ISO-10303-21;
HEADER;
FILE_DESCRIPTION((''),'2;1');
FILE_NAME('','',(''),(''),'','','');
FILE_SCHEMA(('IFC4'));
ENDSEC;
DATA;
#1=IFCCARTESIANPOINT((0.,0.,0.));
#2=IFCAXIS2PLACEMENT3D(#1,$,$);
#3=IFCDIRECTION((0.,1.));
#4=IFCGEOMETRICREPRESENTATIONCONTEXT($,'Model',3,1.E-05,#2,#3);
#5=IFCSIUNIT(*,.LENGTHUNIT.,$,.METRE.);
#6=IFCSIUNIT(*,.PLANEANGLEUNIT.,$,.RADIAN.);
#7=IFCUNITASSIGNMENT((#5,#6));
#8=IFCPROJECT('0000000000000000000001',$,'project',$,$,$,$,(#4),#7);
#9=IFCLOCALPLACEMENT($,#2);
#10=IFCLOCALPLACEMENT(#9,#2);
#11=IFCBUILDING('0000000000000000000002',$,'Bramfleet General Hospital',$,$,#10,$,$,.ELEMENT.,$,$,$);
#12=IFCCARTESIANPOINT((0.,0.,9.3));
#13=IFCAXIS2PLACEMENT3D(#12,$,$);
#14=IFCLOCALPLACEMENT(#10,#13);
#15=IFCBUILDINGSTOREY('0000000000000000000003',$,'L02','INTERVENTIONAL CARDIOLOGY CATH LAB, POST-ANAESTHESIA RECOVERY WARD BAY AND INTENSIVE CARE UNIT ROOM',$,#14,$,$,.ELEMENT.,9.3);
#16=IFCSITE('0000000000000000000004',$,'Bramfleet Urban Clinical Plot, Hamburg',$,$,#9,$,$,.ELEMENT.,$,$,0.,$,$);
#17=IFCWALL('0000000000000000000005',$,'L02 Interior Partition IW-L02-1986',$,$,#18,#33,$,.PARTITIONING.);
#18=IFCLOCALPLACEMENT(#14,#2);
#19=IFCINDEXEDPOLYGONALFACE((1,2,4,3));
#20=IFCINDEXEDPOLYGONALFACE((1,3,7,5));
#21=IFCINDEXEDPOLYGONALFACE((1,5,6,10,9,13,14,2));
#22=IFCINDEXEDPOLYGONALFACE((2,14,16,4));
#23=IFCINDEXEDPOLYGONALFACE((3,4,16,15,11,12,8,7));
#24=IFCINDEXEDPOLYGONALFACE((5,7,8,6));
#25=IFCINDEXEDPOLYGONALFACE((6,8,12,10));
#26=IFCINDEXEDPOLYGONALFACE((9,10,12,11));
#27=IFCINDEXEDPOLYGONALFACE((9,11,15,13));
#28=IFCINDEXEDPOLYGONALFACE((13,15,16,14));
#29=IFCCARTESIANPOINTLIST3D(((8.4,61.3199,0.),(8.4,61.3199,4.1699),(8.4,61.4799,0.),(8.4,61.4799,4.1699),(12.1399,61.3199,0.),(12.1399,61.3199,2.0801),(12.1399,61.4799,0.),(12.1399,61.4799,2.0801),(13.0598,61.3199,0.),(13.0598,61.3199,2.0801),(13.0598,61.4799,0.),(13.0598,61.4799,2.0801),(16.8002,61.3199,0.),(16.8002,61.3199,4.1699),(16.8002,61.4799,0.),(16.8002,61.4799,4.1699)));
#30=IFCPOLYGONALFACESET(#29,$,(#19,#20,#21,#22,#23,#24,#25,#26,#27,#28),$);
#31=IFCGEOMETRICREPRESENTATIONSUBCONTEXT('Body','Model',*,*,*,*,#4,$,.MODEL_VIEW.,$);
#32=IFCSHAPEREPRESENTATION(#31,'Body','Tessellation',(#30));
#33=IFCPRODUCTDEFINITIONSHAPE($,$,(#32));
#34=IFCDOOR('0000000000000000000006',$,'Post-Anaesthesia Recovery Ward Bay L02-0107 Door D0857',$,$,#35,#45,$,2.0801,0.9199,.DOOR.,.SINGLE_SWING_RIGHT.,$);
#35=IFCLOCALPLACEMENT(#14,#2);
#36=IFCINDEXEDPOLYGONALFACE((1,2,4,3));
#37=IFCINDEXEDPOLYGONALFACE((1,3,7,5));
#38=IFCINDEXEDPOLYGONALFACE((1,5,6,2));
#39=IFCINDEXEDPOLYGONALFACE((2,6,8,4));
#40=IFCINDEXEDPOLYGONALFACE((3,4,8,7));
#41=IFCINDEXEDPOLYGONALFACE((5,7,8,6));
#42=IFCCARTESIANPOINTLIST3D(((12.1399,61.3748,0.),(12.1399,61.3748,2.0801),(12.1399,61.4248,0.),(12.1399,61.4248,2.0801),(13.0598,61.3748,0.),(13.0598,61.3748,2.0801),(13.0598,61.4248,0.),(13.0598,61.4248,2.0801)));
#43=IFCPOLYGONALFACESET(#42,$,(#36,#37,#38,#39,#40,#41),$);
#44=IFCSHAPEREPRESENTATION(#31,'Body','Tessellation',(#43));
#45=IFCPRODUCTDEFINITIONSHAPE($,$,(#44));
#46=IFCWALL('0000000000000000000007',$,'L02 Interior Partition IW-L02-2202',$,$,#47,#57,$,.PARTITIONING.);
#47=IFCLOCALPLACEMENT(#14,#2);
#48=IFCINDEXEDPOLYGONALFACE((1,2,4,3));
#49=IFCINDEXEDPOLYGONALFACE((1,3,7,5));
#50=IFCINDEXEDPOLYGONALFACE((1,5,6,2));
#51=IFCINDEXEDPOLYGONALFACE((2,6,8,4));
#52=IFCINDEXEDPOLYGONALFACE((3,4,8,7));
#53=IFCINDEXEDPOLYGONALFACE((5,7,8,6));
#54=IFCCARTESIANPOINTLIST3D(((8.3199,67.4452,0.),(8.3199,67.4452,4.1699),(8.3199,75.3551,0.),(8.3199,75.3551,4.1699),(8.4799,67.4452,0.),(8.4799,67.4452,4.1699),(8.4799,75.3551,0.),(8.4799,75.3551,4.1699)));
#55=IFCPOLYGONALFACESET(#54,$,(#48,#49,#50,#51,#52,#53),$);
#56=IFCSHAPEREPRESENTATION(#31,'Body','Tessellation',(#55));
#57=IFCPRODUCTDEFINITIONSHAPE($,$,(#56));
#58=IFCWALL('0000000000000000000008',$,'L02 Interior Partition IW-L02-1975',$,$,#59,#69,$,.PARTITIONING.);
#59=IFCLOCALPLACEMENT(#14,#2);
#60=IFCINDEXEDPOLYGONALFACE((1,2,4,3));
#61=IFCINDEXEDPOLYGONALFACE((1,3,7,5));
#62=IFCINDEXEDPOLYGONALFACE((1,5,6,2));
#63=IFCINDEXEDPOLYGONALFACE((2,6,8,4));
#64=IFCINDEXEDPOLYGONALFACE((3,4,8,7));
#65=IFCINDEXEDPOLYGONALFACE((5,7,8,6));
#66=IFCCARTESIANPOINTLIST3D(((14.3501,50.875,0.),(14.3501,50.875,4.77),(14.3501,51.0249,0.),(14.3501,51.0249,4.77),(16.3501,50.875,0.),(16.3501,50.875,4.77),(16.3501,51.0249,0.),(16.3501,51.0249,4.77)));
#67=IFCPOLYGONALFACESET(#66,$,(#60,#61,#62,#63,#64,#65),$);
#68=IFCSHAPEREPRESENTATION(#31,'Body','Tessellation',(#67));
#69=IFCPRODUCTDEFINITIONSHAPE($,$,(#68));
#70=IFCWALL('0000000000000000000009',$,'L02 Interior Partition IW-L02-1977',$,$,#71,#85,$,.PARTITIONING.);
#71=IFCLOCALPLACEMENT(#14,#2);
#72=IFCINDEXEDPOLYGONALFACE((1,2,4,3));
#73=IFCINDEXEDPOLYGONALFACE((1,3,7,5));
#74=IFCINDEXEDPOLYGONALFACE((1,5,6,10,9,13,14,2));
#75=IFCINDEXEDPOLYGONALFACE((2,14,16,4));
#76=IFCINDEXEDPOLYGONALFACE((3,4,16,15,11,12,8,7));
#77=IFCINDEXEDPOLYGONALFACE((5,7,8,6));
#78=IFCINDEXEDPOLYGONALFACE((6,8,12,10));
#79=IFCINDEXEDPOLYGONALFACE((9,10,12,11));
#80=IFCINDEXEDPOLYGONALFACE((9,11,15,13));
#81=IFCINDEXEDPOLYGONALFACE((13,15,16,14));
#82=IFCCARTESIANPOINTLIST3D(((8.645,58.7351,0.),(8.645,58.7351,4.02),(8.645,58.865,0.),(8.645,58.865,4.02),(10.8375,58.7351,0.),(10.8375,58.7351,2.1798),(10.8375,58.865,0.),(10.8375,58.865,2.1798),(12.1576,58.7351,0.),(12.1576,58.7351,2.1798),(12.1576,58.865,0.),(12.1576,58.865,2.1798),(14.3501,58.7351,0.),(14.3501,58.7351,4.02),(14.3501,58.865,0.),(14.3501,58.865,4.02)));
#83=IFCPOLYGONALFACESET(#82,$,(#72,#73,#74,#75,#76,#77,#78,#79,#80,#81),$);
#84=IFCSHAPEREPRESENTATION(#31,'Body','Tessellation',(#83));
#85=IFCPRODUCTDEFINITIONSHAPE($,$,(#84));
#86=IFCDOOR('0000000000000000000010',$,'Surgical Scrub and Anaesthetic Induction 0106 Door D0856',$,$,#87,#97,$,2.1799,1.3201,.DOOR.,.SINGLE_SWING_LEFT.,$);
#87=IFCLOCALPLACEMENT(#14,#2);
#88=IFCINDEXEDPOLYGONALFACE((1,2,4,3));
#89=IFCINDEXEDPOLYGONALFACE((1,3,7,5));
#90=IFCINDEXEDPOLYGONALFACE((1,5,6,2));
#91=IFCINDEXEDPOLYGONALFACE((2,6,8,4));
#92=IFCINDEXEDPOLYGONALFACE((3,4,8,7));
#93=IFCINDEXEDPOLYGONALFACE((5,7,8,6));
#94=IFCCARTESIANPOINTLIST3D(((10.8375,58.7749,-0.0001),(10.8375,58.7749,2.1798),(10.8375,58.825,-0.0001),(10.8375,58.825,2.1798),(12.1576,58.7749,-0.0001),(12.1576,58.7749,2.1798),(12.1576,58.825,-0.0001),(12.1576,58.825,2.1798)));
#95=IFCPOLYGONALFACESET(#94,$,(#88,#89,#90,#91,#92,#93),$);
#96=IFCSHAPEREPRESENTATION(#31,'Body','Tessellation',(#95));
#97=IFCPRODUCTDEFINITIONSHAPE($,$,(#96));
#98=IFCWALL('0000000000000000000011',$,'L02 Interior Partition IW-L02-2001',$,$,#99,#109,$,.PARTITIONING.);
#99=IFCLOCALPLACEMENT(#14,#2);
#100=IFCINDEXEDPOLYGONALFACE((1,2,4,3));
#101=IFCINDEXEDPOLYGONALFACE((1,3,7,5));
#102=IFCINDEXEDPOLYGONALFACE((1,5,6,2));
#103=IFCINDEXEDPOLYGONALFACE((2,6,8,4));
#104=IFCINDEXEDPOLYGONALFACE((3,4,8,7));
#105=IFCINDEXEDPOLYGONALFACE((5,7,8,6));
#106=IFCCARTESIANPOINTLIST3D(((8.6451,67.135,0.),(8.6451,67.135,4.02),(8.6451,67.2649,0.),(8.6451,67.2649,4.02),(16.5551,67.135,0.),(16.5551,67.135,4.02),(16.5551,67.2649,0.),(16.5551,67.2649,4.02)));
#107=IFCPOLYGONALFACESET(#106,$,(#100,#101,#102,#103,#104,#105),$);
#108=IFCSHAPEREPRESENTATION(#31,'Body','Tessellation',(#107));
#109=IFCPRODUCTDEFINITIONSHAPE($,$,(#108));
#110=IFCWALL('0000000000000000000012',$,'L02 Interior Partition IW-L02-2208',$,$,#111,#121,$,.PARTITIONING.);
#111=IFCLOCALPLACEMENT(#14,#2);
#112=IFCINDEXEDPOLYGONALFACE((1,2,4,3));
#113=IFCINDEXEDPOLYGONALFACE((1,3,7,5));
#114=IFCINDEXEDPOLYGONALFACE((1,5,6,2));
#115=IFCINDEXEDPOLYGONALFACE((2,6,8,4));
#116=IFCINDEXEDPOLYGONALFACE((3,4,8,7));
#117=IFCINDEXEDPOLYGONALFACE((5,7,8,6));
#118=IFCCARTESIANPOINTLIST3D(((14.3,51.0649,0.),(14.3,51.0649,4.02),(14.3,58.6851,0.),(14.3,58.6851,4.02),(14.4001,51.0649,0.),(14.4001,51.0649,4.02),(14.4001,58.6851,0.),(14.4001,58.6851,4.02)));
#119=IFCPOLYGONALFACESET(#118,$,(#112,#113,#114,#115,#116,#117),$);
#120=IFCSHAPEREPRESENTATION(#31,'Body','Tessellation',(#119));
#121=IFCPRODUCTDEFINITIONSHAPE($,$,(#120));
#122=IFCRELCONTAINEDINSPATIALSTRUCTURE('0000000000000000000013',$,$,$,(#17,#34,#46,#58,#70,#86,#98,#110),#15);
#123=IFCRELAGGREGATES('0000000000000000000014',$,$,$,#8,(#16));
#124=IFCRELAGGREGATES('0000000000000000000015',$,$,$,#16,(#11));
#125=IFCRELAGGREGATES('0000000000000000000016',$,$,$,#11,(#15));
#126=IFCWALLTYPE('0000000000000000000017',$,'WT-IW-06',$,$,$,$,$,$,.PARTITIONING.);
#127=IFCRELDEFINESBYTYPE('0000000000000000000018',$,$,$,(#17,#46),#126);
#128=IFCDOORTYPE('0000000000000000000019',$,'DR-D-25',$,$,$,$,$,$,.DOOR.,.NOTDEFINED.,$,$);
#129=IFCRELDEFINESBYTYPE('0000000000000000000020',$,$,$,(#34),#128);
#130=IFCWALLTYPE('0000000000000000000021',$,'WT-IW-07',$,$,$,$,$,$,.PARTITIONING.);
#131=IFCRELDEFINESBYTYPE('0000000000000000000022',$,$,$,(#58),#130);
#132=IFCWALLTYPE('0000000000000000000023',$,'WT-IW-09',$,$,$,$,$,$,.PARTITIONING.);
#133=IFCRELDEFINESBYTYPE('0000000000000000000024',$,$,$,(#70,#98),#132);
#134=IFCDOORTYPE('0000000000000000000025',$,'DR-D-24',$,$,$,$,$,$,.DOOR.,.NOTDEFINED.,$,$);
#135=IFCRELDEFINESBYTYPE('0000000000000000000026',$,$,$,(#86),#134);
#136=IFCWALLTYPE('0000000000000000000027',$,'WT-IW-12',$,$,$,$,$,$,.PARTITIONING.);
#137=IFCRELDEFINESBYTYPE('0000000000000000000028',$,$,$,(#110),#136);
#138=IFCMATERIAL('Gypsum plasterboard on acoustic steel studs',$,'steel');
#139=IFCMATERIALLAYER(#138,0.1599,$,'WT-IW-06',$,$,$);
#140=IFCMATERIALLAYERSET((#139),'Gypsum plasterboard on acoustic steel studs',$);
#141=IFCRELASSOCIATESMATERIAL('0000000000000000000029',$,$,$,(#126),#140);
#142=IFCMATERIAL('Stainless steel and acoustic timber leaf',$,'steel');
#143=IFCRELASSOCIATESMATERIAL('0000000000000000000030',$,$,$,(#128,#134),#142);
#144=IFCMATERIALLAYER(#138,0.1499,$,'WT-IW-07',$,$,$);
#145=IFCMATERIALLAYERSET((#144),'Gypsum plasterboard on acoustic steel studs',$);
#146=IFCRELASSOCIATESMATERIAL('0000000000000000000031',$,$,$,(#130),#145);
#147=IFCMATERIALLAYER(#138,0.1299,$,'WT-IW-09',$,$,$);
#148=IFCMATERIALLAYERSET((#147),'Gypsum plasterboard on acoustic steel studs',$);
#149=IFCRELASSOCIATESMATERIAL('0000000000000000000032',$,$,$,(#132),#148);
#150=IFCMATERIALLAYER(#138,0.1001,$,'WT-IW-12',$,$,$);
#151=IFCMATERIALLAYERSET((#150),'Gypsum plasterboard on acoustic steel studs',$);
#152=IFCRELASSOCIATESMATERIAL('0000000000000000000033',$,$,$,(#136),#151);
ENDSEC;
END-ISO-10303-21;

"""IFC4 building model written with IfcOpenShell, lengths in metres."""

from ifc_helpers import new_model, si_unit, direction, frame, frame_2d, origin, place, context, subcontext, project, spatial, rectangle, extrude, material, layer, layer_set, type_object, element, fill, save


model = new_model("IFC4")

# Units and contexts
model_context = context("Model", 3, precision=1e-05, world=origin(), true_north=direction((0.0, 1.0)))
body_context = subcontext(model_context, "Body", "Model", "MODEL_VIEW")
ifc_project = project(units=[si_unit("LENGTHUNIT", "METRE"), si_unit("PLANEANGLEUNIT", "RADIAN")], contexts=[model_context])

# Site, building, storey
site_placement = place(None, origin())
site = spatial("IfcSite", under=ifc_project, at=site_placement, Name="Bramfleet Urban Clinical Plot, Hamburg", CompositionType="ELEMENT", RefElevation=0.0)
building_placement = place(site_placement, origin())
building = spatial("IfcBuilding", under=site, at=building_placement, Name="Bramfleet General Hospital", CompositionType="ELEMENT")
storey_placement = place(building_placement, frame((0.0, 0.0, 9.3)))
storey = spatial("IfcBuildingStorey", under=building, at=storey_placement, Name="L02", Description="INTERVENTIONAL CARDIOLOGY CATH LAB, POST-ANAESTHESIA RECOVERY WARD BAY AND INTENSIVE CARE UNIT ROOM", CompositionType="ELEMENT", Elevation=9.3)

# Shared definitions
ifc_material_1 = material(Name="Stainless steel and acoustic timber leaf", Category="steel")

# Wall, opening, door
ifc_material_2 = material(Name="Gypsum plasterboard on acoustic steel studs", Category="steel")
ifc_layer_1 = layer(ifc_material_2, 0.1599, Name="WT-IW-06")
ifc_layer_set_1 = layer_set([ifc_layer_1], Name="Gypsum plasterboard on acoustic steel studs")
wall_type_1 = type_object("IfcWallType", Name="WT-IW-06", PredefinedType="PARTITIONING", material=ifc_layer_set_1)
wall_1_placement = place(storey_placement, frame((8.3999, 61.3999, 0.0), z_axis=(0.0, 0.0, 1.0), x_axis=(1.0, 0.0, 0.0)))
wall_1 = element("IfcWall", 1, at=wall_1_placement, inside=storey, type_object=wall_type_1, Name="L02 Interior Partition IW-L02-1986", PredefinedType="PARTITIONING", context=body_context, shape_type="SweptSolid", body=[
    extrude(rectangle(XDim=8.4001, YDim=0.1599, at=frame_2d((4.2002, 0.0))), origin(), (0.0, 0.0, 1.0), 4.1699),
])
opening_1_placement = place(wall_1_placement, frame((3.74, 0.0, 0.0)))
opening_1 = element("IfcOpeningElement", 2, at=opening_1_placement, cuts=wall_1, PredefinedType="OPENING", context=body_context, shape_type="SweptSolid", body=[
    extrude(rectangle(XDim=0.9199, YDim=2.0801, at=frame_2d((0.46, 1.04))), frame((0.0, 0.0898, 0.0), z_axis=(0.0, -1.0, 0.0), x_axis=(1.0, 0.0, 0.0)), (0.0, 0.0, 1.0), 0.1799),
])
door_type_1 = type_object("IfcDoorType", Name="DR-D-25", OperationType="NOTDEFINED", PredefinedType="DOOR", material=ifc_material_1)
door_1_placement = place(opening_1_placement, origin())
door_1 = element("IfcDoor", 3, at=door_1_placement, inside=storey, type_object=door_type_1, Name="Post-Anaesthesia Recovery Ward Bay L02-0107 Door D0857", OperationType="SINGLE_SWING_RIGHT", OverallHeight=2.0801, OverallWidth=0.9199, PredefinedType="DOOR", context=body_context, shape_type="SweptSolid", body=[
    extrude(rectangle(XDim=0.9199, YDim=2.0801, at=frame_2d((0.46, 1.04))), frame((0.0, 0.0249, 0.0), z_axis=(0.0, -1.0, 0.0), x_axis=(1.0, 0.0, 0.0)), (0.0, 0.0, 1.0), 0.05),
])
fill(opening_1, door_1)

# Walls
wall_2_placement = place(storey_placement, frame((8.3999, 67.4451, 0.0), z_axis=(0.0, 0.0, 1.0), x_axis=(0.0, 1.0, 0.0)))
element("IfcWall", 4, at=wall_2_placement, inside=storey, type_object=wall_type_1, Name="L02 Interior Partition IW-L02-2202", PredefinedType="PARTITIONING", context=body_context, shape_type="SweptSolid", body=[
    extrude(rectangle(XDim=7.9099, YDim=0.1599, at=frame_2d((3.9551, 0.0))), origin(), (0.0, 0.0, 1.0), 4.1699),
])
ifc_layer_2 = layer(ifc_material_2, 0.1499, Name="WT-IW-07")
ifc_layer_set_2 = layer_set([ifc_layer_2], Name="Gypsum plasterboard on acoustic steel studs")
wall_type_2 = type_object("IfcWallType", Name="WT-IW-07", PredefinedType="PARTITIONING", material=ifc_layer_set_2)
wall_3_placement = place(storey_placement, frame((14.3501, 50.95, 0.0), z_axis=(0.0, 0.0, 1.0), x_axis=(1.0, 0.0, 0.0)))
element("IfcWall", 5, at=wall_3_placement, inside=storey, type_object=wall_type_2, Name="L02 Interior Partition IW-L02-1975", PredefinedType="PARTITIONING", context=body_context, shape_type="SweptSolid", body=[
    extrude(rectangle(XDim=2.0, YDim=0.1499, at=frame_2d((1.0, 0.0))), origin(), (0.0, 0.0, 1.0), 4.77),
])

# Wall, opening, door
ifc_layer_3 = layer(ifc_material_2, 0.1299, Name="WT-IW-09")
ifc_layer_set_3 = layer_set([ifc_layer_3], Name="Gypsum plasterboard on acoustic steel studs")
wall_type_3 = type_object("IfcWallType", Name="WT-IW-09", PredefinedType="PARTITIONING", material=ifc_layer_set_3)
wall_4_placement = place(storey_placement, frame((8.645, 58.8, 0.0), z_axis=(0.0, 0.0, 1.0), x_axis=(1.0, 0.0, 0.0)))
wall_4 = element("IfcWall", 6, at=wall_4_placement, inside=storey, type_object=wall_type_3, Name="L02 Interior Partition IW-L02-1977", PredefinedType="PARTITIONING", context=body_context, shape_type="SweptSolid", body=[
    extrude(rectangle(XDim=5.7051, YDim=0.1299, at=frame_2d((2.8525, 0.0))), origin(), (0.0, 0.0, 1.0), 4.02),
])
opening_2_placement = place(wall_4_placement, frame((2.1924, 0.0, 0.0)))
opening_2 = element("IfcOpeningElement", 7, at=opening_2_placement, cuts=wall_4, PredefinedType="OPENING", context=body_context, shape_type="SweptSolid", body=[
    extrude(rectangle(XDim=1.3201, YDim=2.1799, at=frame_2d((0.6602, 1.0898))), frame((0.0, 0.075, 0.0), z_axis=(0.0, -1.0, 0.0), x_axis=(1.0, 0.0, 0.0)), (0.0, 0.0, 1.0), 0.1499),
])
door_type_2 = type_object("IfcDoorType", Name="DR-D-24", OperationType="NOTDEFINED", PredefinedType="DOOR", material=ifc_material_1)
door_2_placement = place(opening_2_placement, origin())
door_2 = element("IfcDoor", 8, at=door_2_placement, inside=storey, type_object=door_type_2, Name="Surgical Scrub and Anaesthetic Induction 0106 Door D0856", OperationType="SINGLE_SWING_LEFT", OverallHeight=2.1799, OverallWidth=1.3201, PredefinedType="DOOR", context=body_context, shape_type="SweptSolid", body=[
    extrude(rectangle(XDim=1.3201, YDim=2.1799, at=frame_2d((0.6602, 1.0898))), frame((0.0, 0.0249, 0.0), z_axis=(0.0, -1.0, 0.0), x_axis=(1.0, 0.0, 0.0)), (0.0, 0.0, 1.0), 0.05),
])
fill(opening_2, door_2)

# Walls
wall_5_placement = place(storey_placement, frame((8.645, 67.2, 0.0), z_axis=(0.0, 0.0, 1.0), x_axis=(1.0, 0.0, 0.0)))
element("IfcWall", 9, at=wall_5_placement, inside=storey, type_object=wall_type_3, Name="L02 Interior Partition IW-L02-2001", PredefinedType="PARTITIONING", context=body_context, shape_type="SweptSolid", body=[
    extrude(rectangle(XDim=7.9099, YDim=0.1299, at=frame_2d((3.9551, 0.0))), origin(), (0.0, 0.0, 1.0), 4.02),
])
ifc_layer_4 = layer(ifc_material_2, 0.1001, Name="WT-IW-12")
ifc_layer_set_4 = layer_set([ifc_layer_4], Name="Gypsum plasterboard on acoustic steel studs")
wall_type_4 = type_object("IfcWallType", Name="WT-IW-12", PredefinedType="PARTITIONING", material=ifc_layer_set_4)
wall_6_placement = place(storey_placement, frame((14.3501, 51.0649, 0.0), z_axis=(0.0, 0.0, 1.0), x_axis=(0.0, 1.0, 0.0)))
element("IfcWall", 10, at=wall_6_placement, inside=storey, type_object=wall_type_4, Name="L02 Interior Partition IW-L02-2208", PredefinedType="PARTITIONING", context=body_context, shape_type="SweptSolid", body=[
    extrude(rectangle(XDim=7.6201, YDim=0.1001, at=frame_2d((3.8101, 0.0))), origin(), (0.0, 0.0, 1.0), 4.02),
])

save(model, "model.ifc")
